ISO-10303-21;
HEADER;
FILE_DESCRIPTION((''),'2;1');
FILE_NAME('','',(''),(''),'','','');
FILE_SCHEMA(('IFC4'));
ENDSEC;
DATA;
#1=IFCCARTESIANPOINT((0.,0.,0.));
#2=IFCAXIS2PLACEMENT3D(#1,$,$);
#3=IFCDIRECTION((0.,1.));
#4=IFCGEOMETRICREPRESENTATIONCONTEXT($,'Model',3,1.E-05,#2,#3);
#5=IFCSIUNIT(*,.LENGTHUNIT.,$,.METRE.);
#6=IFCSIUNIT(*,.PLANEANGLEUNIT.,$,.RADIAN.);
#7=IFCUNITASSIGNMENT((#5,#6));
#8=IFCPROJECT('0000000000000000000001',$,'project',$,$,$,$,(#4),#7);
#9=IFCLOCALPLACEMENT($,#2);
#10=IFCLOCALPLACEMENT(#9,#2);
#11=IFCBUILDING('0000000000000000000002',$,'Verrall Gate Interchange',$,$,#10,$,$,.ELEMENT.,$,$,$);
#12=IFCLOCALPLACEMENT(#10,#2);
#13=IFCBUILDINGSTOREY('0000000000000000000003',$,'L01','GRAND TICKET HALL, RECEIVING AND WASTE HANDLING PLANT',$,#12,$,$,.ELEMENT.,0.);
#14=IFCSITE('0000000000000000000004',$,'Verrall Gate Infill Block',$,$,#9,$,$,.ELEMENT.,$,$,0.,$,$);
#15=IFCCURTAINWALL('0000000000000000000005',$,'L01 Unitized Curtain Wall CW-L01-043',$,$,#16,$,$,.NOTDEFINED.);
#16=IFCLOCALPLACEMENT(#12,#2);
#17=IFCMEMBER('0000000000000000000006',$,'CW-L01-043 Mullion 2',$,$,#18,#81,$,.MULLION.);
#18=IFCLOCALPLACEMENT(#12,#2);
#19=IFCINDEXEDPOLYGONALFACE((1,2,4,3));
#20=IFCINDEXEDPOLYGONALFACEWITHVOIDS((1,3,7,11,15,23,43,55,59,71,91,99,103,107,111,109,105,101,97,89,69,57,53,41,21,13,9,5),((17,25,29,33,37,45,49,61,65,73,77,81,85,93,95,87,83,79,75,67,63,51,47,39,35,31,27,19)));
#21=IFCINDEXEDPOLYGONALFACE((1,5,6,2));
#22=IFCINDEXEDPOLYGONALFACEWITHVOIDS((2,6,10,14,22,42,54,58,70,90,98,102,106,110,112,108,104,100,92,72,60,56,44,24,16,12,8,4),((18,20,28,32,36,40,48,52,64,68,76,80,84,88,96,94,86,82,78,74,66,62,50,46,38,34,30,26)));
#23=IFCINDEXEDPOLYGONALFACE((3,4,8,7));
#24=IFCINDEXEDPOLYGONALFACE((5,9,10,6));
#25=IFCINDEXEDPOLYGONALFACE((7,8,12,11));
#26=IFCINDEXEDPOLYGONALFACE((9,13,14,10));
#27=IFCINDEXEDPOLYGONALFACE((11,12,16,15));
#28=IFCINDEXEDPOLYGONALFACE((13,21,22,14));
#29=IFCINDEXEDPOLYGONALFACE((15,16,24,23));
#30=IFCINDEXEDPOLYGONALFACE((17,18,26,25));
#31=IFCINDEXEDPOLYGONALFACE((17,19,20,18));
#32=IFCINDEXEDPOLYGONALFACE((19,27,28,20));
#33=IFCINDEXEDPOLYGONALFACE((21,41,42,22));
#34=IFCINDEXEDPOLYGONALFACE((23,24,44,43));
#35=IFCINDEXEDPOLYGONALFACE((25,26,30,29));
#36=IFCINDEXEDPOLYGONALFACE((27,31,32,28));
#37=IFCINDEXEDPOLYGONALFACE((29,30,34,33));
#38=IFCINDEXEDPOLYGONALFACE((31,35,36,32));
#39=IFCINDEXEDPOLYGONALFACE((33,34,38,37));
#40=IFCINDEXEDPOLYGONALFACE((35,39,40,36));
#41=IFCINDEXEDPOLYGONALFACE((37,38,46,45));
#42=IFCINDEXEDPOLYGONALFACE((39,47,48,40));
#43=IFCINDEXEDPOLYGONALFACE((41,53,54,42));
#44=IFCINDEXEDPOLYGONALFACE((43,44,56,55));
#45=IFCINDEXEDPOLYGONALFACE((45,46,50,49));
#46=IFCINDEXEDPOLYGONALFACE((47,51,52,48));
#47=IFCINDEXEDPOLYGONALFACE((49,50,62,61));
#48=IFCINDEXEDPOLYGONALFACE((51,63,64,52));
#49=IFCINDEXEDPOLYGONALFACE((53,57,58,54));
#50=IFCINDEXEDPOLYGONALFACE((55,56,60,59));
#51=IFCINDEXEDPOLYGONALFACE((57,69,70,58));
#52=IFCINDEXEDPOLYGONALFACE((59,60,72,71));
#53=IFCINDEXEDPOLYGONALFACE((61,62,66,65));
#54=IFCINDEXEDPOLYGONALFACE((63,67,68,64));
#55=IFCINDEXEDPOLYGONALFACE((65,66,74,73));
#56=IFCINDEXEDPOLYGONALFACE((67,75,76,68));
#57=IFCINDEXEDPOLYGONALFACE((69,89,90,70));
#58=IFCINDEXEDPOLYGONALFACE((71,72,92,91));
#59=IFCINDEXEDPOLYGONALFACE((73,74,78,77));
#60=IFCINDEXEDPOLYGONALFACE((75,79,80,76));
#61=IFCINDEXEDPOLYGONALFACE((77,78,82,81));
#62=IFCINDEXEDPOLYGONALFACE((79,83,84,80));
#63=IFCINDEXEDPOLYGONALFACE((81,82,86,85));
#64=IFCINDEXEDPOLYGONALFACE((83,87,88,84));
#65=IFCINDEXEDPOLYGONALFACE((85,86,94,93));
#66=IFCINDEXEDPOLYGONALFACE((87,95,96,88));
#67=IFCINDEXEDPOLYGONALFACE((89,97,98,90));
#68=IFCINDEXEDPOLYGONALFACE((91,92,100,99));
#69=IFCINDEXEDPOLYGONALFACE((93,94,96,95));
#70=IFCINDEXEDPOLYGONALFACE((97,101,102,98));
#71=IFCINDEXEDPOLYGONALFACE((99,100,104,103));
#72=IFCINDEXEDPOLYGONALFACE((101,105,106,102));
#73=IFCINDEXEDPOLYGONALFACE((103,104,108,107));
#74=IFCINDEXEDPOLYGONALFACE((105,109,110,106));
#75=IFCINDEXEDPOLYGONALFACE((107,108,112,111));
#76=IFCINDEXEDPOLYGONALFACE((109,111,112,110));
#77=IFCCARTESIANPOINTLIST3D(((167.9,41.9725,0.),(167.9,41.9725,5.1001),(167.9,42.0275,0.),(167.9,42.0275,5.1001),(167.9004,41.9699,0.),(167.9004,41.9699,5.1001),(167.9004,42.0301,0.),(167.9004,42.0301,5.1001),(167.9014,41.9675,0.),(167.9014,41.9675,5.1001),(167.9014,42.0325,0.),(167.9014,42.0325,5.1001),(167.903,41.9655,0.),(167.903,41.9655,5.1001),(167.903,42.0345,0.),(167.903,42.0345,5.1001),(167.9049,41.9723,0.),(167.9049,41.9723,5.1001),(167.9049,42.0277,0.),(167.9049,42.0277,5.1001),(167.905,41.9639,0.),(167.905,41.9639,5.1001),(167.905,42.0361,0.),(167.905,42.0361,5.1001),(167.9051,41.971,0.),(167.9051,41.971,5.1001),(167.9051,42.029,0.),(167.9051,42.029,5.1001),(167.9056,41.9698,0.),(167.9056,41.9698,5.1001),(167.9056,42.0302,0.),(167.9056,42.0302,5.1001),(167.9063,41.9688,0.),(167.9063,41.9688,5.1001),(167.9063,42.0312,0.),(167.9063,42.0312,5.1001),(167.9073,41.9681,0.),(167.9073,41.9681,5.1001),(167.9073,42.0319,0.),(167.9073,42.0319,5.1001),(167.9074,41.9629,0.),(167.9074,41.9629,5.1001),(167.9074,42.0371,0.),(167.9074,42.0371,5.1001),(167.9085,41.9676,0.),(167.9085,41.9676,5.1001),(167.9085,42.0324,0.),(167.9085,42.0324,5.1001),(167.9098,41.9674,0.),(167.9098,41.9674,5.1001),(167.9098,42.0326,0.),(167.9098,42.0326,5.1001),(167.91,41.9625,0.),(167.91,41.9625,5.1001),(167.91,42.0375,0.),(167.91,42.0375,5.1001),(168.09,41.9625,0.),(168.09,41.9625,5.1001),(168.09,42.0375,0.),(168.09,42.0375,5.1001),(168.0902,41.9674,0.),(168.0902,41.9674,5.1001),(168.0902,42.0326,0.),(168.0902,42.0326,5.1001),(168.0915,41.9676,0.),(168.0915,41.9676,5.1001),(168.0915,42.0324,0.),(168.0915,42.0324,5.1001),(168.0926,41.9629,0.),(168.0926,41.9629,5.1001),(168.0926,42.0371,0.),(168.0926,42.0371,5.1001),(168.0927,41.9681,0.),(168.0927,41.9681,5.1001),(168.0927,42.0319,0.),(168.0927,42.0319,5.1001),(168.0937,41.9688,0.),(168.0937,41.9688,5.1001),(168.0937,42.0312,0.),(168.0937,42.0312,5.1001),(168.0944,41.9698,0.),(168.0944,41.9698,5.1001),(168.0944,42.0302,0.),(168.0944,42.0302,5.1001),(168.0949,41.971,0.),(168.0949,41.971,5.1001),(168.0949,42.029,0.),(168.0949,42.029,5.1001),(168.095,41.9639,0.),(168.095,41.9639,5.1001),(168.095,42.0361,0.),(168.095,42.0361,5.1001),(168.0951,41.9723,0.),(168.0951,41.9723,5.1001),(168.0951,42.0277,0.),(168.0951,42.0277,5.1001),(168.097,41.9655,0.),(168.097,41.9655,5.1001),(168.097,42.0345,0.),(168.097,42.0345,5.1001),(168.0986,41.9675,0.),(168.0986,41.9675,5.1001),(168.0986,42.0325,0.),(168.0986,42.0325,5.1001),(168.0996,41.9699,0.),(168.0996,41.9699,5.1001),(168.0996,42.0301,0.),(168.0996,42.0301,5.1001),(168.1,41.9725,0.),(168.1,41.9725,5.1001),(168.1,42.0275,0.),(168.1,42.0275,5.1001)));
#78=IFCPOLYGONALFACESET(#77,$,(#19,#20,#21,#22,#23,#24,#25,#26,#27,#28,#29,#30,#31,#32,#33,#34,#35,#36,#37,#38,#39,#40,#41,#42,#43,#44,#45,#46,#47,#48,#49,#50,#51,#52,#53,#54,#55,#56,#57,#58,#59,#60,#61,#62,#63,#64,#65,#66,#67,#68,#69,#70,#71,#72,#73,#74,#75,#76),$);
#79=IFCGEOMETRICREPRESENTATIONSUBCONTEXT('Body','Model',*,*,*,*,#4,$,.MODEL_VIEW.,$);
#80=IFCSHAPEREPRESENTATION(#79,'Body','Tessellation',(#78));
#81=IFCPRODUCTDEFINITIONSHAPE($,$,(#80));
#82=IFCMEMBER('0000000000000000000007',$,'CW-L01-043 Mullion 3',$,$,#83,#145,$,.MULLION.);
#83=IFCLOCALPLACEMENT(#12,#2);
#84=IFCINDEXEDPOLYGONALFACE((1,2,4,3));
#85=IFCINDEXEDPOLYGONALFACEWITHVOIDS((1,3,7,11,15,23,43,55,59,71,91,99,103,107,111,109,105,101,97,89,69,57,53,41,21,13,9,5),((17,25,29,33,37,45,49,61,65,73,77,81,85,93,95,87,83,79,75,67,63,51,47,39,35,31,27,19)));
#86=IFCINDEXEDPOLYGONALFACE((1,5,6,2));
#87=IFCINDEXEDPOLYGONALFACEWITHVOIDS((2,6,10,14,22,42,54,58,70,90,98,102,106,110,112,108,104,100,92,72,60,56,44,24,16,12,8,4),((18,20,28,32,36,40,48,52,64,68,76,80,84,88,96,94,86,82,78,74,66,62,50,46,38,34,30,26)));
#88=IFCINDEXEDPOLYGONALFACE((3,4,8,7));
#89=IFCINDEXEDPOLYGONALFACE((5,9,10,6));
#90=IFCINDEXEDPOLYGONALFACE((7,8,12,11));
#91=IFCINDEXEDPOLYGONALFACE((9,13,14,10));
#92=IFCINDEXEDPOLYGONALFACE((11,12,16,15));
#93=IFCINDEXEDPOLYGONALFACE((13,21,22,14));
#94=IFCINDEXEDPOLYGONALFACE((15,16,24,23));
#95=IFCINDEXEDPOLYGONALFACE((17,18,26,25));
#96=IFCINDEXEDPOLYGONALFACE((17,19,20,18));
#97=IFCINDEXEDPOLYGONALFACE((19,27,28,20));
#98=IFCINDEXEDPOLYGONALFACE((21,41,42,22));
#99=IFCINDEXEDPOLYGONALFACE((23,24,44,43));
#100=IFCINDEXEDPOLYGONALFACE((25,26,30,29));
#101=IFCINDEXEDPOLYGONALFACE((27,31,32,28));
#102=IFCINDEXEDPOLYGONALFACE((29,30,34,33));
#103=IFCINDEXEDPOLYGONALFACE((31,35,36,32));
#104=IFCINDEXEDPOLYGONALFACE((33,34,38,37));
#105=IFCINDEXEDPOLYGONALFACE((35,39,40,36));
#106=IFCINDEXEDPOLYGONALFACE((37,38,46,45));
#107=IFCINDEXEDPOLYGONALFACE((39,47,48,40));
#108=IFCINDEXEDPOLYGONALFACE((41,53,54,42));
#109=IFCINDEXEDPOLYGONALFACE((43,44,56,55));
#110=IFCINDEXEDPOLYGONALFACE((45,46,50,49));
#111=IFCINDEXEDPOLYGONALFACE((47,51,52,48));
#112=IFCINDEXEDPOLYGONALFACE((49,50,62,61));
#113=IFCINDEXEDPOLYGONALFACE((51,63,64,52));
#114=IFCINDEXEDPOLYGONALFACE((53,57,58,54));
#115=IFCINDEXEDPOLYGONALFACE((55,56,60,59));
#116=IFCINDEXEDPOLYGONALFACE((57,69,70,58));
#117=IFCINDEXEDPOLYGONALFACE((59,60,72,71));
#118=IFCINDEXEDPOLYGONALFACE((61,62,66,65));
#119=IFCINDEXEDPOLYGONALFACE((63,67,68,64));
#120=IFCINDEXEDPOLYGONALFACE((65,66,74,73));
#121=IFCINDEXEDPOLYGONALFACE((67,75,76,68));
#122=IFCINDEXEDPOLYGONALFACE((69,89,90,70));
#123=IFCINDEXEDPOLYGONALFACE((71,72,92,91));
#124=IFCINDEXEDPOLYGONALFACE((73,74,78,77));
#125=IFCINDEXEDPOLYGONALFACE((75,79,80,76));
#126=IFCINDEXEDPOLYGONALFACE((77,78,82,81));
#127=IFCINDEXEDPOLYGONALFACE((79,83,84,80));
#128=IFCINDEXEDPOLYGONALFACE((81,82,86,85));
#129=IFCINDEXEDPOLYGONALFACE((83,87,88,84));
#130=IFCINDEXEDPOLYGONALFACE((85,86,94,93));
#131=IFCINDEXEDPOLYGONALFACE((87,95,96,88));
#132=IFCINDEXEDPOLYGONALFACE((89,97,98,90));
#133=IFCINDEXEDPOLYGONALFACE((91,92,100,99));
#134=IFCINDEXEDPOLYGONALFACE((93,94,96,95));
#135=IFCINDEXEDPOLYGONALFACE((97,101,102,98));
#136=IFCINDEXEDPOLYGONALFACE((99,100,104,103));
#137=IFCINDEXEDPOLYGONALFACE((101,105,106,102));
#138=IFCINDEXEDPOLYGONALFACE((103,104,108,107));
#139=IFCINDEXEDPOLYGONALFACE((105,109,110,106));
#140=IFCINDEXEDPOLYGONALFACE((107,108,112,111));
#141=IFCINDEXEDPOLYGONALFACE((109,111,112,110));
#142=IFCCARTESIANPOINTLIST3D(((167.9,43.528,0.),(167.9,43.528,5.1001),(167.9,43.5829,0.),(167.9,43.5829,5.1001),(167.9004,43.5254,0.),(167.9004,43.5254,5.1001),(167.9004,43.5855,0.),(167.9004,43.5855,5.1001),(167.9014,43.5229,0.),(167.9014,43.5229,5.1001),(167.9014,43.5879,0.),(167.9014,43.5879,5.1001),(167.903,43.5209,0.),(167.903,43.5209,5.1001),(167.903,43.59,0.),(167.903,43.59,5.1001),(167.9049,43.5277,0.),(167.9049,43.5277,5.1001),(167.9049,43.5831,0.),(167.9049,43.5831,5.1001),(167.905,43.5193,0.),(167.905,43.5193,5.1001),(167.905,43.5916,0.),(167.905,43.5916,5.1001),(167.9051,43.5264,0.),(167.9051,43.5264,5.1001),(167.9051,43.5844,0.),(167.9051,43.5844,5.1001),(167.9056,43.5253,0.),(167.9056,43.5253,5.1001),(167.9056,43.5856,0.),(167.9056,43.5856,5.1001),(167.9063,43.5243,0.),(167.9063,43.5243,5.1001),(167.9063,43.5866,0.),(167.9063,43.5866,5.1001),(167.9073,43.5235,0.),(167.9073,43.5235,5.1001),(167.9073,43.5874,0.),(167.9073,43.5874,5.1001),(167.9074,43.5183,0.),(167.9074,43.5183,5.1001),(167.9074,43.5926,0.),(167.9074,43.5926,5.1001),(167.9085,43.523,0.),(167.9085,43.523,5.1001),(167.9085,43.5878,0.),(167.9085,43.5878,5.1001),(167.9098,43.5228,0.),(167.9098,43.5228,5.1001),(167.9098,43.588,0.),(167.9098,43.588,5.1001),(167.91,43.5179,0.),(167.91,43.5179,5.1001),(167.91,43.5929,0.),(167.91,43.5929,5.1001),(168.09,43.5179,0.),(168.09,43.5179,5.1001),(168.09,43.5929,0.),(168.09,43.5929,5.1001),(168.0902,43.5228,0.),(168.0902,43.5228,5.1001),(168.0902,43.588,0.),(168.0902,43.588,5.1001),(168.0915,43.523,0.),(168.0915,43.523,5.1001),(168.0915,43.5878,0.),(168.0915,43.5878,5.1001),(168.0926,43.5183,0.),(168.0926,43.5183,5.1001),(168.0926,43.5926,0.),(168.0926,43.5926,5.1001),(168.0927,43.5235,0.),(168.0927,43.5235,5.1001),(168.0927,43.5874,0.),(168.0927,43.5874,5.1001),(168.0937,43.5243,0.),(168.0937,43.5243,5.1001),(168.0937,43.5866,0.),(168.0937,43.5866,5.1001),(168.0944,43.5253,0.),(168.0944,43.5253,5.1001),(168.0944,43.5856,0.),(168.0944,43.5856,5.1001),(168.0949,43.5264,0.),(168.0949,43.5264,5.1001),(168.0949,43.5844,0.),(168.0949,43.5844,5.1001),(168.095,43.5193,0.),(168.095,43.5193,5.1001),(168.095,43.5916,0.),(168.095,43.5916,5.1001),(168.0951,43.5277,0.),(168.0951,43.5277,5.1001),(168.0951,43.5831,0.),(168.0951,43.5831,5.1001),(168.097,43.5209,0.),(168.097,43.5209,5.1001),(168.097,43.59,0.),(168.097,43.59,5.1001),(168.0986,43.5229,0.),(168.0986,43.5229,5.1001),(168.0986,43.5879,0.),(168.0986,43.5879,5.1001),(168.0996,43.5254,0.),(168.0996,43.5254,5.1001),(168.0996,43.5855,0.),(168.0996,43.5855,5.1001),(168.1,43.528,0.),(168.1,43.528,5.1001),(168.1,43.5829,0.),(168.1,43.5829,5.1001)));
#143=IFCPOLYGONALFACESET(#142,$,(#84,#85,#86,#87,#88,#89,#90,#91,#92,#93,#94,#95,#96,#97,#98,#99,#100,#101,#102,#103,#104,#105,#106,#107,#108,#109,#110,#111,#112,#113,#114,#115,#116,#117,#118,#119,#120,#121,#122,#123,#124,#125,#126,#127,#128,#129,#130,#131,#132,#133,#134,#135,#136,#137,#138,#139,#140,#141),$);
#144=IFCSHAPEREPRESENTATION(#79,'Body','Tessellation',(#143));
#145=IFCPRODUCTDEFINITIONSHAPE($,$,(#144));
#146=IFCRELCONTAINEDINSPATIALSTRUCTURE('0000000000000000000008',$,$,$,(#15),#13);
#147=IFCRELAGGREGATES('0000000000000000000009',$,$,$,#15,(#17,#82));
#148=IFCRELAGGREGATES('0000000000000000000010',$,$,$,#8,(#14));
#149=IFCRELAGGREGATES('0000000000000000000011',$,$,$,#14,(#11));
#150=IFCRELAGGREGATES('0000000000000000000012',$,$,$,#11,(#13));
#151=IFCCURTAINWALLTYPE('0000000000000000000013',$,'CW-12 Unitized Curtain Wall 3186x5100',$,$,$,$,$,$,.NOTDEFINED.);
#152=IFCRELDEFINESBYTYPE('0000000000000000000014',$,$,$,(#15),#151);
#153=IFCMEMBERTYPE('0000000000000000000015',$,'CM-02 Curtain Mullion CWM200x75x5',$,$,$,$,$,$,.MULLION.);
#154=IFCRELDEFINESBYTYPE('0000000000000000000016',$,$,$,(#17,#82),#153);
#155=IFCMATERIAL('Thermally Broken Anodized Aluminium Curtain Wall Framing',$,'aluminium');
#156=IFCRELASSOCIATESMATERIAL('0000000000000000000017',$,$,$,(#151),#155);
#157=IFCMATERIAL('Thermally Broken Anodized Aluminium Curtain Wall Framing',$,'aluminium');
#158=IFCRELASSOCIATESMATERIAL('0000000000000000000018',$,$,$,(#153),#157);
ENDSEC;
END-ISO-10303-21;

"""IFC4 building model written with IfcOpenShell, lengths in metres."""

from ifc_helpers import new_model, si_unit, direction, frame, origin, origin_2d, place, context, subcontext, project, spatial, hollow_rectangle, extrude, material, material_profile, profile_set, type_object, element, aggregate, save


model = new_model("IFC4")

# Units and contexts
model_context = context("Model", 3, precision=1e-05, world=origin(), true_north=direction((0.0, 1.0)))
body_context = subcontext(model_context, "Body", "Model", "MODEL_VIEW")
ifc_project = project(units=[si_unit("LENGTHUNIT", "METRE"), si_unit("PLANEANGLEUNIT", "RADIAN")], contexts=[model_context])

# Site, building, storey
site_placement = place(None, origin())
site = spatial("IfcSite", under=ifc_project, at=site_placement, Name="Verrall Gate Infill Block", CompositionType="ELEMENT", RefElevation=0.0)
building_placement = place(site_placement, origin())
building = spatial("IfcBuilding", under=site, at=building_placement, Name="Verrall Gate Interchange", CompositionType="ELEMENT")
storey_placement = place(building_placement, origin())
storey = spatial("IfcBuildingStorey", under=building, at=storey_placement, Name="L01", Description="GRAND TICKET HALL, RECEIVING AND WASTE HANDLING PLANT", CompositionType="ELEMENT", Elevation=0.0)

# Curtain wall, members
ifc_material_1 = material(Name="Thermally Broken Anodized Aluminium Curtain Wall Framing", Category="aluminium")
curtain_wall_type_1 = type_object("IfcCurtainWallType", Name="CW-12 Unitized Curtain Wall 3186x5100", PredefinedType="NOTDEFINED", material=ifc_material_1)
curtain_wall_1_placement = place(storey_placement, origin())
curtain_wall_1 = element("IfcCurtainWall", 1, at=curtain_wall_1_placement, inside=storey, type_object=curtain_wall_type_1, Name="L01 Unitized Curtain Wall CW-L01-043", PredefinedType="NOTDEFINED")
ifc_material_2 = material(Name="Thermally Broken Anodized Aluminium Curtain Wall Framing", Category="aluminium")
ifc_material_profile_1 = material_profile(ifc_material_2, hollow_rectangle(XDim=0.075, YDim=0.2, WallThickness=0.0049, InnerFilletRadius=0.0049, OuterFilletRadius=0.01, at=origin_2d()), Name="CWM200x75x5")
ifc_profile_set_1 = profile_set([ifc_material_profile_1], Name="Thermally Broken Anodized Aluminium Curtain Wall Framing")
member_type_1 = type_object("IfcMemberType", Name="CM-02 Curtain Mullion CWM200x75x5", PredefinedType="MULLION", material=ifc_profile_set_1)
member_1_placement = place(storey_placement, frame((168.0, 42.0, 0.0), z_axis=(0.0, 0.0, 1.0), x_axis=(0.0, 1.0, 0.0)))
member_1 = element("IfcMember", 2, at=member_1_placement, type_object=member_type_1, Name="CW-L01-043 Mullion 2", PredefinedType="MULLION", context=body_context, shape_type="SweptSolid", body=[
    extrude(hollow_rectangle(XDim=0.075, YDim=0.2, WallThickness=0.0049, InnerFilletRadius=0.0049, OuterFilletRadius=0.01, at=origin_2d()), origin(), (0.0, 0.0, 1.0), 5.1001),
])
member_2_placement = place(storey_placement, frame((168.0, 43.5554, 0.0), z_axis=(0.0, 0.0, 1.0), x_axis=(0.0, 1.0, 0.0)))
member_2 = element("IfcMember", 3, at=member_2_placement, type_object=member_type_1, Name="CW-L01-043 Mullion 3", PredefinedType="MULLION", context=body_context, shape_type="SweptSolid", body=[
    extrude(hollow_rectangle(XDim=0.075, YDim=0.2, WallThickness=0.0049, InnerFilletRadius=0.0049, OuterFilletRadius=0.01, at=origin_2d()), origin(), (0.0, 0.0, 1.0), 5.1001),
])

aggregate(curtain_wall_1, [member_1, member_2])

save(model, "model.ifc")
